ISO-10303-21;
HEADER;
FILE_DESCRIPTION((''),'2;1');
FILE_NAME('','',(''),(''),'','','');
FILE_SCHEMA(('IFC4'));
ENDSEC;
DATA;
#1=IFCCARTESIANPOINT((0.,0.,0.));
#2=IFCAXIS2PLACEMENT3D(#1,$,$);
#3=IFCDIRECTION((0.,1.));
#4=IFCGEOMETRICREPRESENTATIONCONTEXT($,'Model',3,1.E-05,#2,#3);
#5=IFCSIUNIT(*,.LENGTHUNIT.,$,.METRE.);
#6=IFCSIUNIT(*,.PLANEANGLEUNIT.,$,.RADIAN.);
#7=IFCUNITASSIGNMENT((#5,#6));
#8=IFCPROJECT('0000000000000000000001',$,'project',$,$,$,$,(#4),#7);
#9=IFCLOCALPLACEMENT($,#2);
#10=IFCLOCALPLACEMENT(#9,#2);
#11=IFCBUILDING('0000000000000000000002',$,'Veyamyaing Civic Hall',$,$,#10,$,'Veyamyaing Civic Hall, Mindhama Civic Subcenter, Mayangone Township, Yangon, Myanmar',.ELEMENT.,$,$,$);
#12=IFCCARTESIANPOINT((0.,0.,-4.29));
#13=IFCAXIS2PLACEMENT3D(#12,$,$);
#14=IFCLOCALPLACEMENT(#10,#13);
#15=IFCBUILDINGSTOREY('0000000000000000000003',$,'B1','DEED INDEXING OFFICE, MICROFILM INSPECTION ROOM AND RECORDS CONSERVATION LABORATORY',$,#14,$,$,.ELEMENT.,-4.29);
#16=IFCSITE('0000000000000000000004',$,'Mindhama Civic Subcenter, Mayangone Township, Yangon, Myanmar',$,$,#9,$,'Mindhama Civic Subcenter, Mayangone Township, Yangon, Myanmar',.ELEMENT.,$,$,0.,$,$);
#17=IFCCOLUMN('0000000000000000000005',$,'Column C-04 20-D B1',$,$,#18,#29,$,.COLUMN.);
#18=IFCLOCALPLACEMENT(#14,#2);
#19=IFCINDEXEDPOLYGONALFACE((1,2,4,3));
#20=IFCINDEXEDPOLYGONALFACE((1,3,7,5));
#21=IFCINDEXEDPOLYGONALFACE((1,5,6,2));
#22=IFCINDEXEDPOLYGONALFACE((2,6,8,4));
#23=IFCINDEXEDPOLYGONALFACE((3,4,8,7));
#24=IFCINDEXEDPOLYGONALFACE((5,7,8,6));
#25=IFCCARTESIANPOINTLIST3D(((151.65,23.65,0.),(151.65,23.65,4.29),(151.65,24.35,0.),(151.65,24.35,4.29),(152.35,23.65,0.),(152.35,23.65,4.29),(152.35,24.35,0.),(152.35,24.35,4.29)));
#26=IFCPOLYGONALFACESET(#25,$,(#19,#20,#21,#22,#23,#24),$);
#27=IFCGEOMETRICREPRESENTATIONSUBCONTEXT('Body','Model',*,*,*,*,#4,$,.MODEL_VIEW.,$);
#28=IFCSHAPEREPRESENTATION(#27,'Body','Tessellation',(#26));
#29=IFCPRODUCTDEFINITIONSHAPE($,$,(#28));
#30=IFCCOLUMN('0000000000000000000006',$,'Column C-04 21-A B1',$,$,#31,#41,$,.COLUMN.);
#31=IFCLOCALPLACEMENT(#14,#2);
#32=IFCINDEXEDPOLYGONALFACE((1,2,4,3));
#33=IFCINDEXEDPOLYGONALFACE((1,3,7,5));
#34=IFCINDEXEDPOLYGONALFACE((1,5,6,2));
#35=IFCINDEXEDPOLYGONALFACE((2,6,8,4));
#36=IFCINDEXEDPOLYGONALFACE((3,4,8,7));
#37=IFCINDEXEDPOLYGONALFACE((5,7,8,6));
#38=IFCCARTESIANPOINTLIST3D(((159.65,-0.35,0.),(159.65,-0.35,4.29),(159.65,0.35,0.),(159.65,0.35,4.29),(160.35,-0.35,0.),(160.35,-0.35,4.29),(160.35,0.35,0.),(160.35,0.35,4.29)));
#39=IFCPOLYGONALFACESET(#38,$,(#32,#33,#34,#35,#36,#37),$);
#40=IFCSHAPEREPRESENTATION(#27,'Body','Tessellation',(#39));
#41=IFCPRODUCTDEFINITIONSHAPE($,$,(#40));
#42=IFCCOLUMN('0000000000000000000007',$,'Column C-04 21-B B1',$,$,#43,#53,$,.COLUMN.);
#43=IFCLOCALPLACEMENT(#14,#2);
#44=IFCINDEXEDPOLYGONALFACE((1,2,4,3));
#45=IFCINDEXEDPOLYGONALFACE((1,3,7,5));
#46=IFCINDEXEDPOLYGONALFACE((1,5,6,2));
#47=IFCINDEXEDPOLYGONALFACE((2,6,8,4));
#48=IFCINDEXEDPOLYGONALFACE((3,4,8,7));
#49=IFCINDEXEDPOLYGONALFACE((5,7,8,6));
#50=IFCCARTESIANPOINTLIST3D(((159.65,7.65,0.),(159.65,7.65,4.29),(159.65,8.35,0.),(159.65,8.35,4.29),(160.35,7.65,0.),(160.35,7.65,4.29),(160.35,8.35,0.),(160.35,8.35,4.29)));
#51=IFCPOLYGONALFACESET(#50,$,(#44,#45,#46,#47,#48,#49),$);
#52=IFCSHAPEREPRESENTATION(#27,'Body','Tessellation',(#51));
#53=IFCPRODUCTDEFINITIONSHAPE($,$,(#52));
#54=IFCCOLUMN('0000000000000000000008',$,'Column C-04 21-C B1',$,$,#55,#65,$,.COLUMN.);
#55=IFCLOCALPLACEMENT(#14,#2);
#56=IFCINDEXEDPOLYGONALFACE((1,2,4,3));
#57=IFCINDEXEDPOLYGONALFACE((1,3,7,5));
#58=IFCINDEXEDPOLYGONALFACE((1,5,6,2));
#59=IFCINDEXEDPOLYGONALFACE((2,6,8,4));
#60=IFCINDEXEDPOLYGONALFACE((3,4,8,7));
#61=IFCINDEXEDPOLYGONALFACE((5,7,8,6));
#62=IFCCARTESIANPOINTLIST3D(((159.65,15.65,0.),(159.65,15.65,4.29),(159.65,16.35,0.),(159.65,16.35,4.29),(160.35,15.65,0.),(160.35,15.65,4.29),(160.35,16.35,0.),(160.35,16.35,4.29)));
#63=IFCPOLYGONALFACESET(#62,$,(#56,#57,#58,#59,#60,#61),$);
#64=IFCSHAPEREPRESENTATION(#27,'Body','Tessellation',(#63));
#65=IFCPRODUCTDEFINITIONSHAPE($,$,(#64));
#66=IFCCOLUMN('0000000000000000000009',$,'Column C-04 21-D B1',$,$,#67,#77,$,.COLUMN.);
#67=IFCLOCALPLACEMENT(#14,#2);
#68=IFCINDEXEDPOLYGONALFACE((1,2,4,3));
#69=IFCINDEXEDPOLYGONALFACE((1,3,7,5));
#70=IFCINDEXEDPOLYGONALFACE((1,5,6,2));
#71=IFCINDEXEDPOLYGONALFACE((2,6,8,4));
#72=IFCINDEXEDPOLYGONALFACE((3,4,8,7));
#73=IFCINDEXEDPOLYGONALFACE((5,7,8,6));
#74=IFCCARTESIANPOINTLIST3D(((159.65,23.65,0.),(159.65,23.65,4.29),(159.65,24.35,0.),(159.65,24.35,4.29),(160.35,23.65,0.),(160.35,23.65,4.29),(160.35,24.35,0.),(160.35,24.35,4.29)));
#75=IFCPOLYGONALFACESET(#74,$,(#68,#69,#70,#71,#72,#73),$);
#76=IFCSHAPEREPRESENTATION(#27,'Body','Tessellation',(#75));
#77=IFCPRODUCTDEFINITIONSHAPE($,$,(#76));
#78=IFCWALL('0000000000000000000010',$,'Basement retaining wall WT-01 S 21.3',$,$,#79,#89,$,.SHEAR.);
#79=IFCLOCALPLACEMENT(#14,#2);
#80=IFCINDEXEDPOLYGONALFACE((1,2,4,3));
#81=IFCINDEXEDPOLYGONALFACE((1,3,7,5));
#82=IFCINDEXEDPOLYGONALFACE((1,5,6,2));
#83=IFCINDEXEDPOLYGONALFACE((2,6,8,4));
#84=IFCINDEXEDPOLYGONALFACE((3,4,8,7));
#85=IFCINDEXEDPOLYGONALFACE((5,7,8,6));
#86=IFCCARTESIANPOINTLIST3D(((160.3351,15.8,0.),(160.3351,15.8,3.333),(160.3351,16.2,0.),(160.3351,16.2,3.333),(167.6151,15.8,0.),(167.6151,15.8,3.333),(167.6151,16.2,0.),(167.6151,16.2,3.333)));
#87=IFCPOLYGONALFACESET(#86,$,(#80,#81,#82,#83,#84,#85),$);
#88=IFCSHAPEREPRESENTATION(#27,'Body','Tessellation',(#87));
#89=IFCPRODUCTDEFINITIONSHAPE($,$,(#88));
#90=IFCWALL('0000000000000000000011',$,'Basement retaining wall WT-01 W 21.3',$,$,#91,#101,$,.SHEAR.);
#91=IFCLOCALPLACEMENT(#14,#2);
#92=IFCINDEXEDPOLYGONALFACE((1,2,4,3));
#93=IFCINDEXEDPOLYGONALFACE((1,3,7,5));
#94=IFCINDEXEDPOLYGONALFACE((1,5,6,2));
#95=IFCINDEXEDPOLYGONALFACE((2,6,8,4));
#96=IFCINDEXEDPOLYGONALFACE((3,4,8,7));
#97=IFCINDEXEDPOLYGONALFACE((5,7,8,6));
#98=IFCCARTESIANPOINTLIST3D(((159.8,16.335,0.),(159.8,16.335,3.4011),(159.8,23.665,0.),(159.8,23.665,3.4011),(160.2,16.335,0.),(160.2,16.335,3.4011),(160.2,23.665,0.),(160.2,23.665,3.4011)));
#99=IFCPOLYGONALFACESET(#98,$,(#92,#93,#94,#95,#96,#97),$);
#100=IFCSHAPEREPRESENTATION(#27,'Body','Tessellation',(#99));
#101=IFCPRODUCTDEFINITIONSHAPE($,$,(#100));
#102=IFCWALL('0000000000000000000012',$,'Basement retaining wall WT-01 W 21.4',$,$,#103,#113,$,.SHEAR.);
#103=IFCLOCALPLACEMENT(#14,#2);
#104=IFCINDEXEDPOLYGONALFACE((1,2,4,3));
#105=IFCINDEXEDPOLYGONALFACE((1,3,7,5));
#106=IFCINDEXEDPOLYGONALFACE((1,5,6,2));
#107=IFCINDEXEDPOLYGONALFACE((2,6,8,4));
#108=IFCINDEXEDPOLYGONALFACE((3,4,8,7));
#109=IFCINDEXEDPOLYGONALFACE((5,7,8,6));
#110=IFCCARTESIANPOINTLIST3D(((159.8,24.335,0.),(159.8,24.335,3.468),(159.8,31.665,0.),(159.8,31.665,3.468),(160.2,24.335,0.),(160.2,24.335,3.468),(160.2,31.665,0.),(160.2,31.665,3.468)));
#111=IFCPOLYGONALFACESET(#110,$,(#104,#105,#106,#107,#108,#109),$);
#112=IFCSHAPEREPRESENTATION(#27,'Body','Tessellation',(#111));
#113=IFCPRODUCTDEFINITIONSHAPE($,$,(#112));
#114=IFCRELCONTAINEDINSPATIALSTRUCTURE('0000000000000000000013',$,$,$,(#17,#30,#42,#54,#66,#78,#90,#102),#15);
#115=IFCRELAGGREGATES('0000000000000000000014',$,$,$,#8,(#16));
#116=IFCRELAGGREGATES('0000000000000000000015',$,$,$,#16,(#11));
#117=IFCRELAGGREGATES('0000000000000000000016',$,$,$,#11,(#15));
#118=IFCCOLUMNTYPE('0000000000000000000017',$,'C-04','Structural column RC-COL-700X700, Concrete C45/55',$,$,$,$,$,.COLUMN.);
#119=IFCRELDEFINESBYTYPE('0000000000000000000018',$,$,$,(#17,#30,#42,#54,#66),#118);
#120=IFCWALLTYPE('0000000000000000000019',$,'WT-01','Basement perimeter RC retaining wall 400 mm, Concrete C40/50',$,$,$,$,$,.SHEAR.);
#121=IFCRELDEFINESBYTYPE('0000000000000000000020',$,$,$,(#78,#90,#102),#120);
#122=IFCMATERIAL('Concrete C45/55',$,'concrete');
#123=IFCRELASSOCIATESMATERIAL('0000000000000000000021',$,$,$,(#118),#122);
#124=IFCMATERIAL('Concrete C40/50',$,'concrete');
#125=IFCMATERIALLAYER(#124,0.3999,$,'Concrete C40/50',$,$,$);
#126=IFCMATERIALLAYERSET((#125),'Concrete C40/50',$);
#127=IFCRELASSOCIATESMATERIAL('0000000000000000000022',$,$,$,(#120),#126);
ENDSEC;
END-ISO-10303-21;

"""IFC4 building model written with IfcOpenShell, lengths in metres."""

from ifc_helpers import new_model, si_unit, direction, frame, frame_2d, origin, origin_2d, place, context, subcontext, project, spatial, rectangle, extrude, material, layer, layer_set, material_profile, profile_set, type_object, element, save


model = new_model("IFC4")

# Units and contexts
model_context = context("Model", 3, precision=1e-05, world=origin(), true_north=direction((0.0, 1.0)))
body_context = subcontext(model_context, "Body", "Model", "MODEL_VIEW")
ifc_project = project(units=[si_unit("LENGTHUNIT", "METRE"), si_unit("PLANEANGLEUNIT", "RADIAN")], contexts=[model_context])

# Site, building, storey
site_placement = place(None, origin())
site = spatial("IfcSite", under=ifc_project, at=site_placement, Name="Mindhama Civic Subcenter, Mayangone Township, Yangon, Myanmar", LongName="Mindhama Civic Subcenter, Mayangone Township, Yangon, Myanmar", CompositionType="ELEMENT", RefElevation=0.0)
building_placement = place(site_placement, origin())
building = spatial("IfcBuilding", under=site, at=building_placement, Name="Veyamyaing Civic Hall", LongName="Veyamyaing Civic Hall, Mindhama Civic Subcenter, Mayangone Township, Yangon, Myanmar", CompositionType="ELEMENT")
storey_placement = place(building_placement, frame((0.0, 0.0, -4.29)))
storey = spatial("IfcBuildingStorey", under=building, at=storey_placement, Name="B1", Description="DEED INDEXING OFFICE, MICROFILM INSPECTION ROOM AND RECORDS CONSERVATION LABORATORY", CompositionType="ELEMENT", Elevation=-4.29)

# Shared definitions
ifc_material_1 = material(Name="Concrete C40/50", Category="concrete")

# Columns
ifc_material_2 = material(Name="Concrete C45/55", Category="concrete")
ifc_material_profile_1 = material_profile(ifc_material_2, rectangle(XDim=0.7, YDim=0.7, at=origin_2d()), Name="RC-COL-700X700")
ifc_profile_set_1 = profile_set([ifc_material_profile_1], Name="Concrete C45/55")
column_type = type_object("IfcColumnType", Name="C-04", Description="Structural column RC-COL-700X700, Concrete C45/55", PredefinedType="COLUMN", material=ifc_profile_set_1)
for number, where, z_axis, x_axis, name in (
    (1, (152.0, 24.0, 0.0), (0.0, 0.0, 1.0), (1.0, 0.0, 0.0), "Column C-04 20-D B1"),
    (2, (160.0, 0.0, 0.0), (0.0, 0.0, 1.0), (1.0, 0.0, 0.0), "Column C-04 21-A B1"),
    (3, (160.0, 8.0, 0.0), (0.0, 0.0, 1.0), (1.0, 0.0, 0.0), "Column C-04 21-B B1"),
    (4, (160.0, 16.0, 0.0), (0.0, 0.0, 1.0), (1.0, 0.0, 0.0), "Column C-04 21-C B1"),
    (5, (160.0, 24.0, 0.0), (0.0, 0.0, 1.0), (1.0, 0.0, 0.0), "Column C-04 21-D B1"),
):
    element("IfcColumn", number, at=place(storey_placement, frame(where, z_axis=z_axis, x_axis=x_axis)), inside=storey, type_object=column_type, Name=name, PredefinedType="COLUMN", context=body_context, shape_type="SweptSolid", body=[
        extrude(rectangle(XDim=0.7, YDim=0.7, at=origin_2d()), origin(), (0.0, 0.0, 1.0), 4.29),
    ])

# Walls
ifc_layer = layer(ifc_material_1, 0.3999, Name="Concrete C40/50")
ifc_layer_set = layer_set([ifc_layer], Name="Concrete C40/50")
wall_type = type_object("IfcWallType", Name="WT-01", Description="Basement perimeter RC retaining wall 400 mm, Concrete C40/50", PredefinedType="SHEAR", material=ifc_layer_set)
wall_1_placement = place(storey_placement, frame((160.335, 16.0, 0.0), z_axis=(0.0, 0.0, 1.0), x_axis=(1.0, 0.0, 0.0)))
element("IfcWall", 6, at=wall_1_placement, inside=storey, type_object=wall_type, Name="Basement retaining wall WT-01 S 21.3", PredefinedType="SHEAR", context=body_context, shape_type="SweptSolid", body=[
    extrude(rectangle(XDim=7.28, YDim=0.3999, at=frame_2d((3.6401, 0.0))), origin(), (0.0, 0.0, 1.0), 3.333),
])
wall_2_placement = place(storey_placement, frame((160.0, 16.335, 0.0), z_axis=(0.0, 0.0, 1.0), x_axis=(0.0, 1.0, 0.0)))
element("IfcWall", 7, at=wall_2_placement, inside=storey, type_object=wall_type, Name="Basement retaining wall WT-01 W 21.3", PredefinedType="SHEAR", context=body_context, shape_type="SweptSolid", body=[
    extrude(rectangle(XDim=7.3301, YDim=0.3999, at=frame_2d((3.665, 0.0))), origin(), (0.0, 0.0, 1.0), 3.4011),
])
wall_3_placement = place(storey_placement, frame((160.0, 24.335, 0.0), z_axis=(0.0, 0.0, 1.0), x_axis=(0.0, 1.0, 0.0)))
element("IfcWall", 8, at=wall_3_placement, inside=storey, type_object=wall_type, Name="Basement retaining wall WT-01 W 21.4", PredefinedType="SHEAR", context=body_context, shape_type="SweptSolid", body=[
    extrude(rectangle(XDim=7.3301, YDim=0.3999, at=frame_2d((3.665, 0.0))), origin(), (0.0, 0.0, 1.0), 3.468),
])

save(model, "model.ifc")
